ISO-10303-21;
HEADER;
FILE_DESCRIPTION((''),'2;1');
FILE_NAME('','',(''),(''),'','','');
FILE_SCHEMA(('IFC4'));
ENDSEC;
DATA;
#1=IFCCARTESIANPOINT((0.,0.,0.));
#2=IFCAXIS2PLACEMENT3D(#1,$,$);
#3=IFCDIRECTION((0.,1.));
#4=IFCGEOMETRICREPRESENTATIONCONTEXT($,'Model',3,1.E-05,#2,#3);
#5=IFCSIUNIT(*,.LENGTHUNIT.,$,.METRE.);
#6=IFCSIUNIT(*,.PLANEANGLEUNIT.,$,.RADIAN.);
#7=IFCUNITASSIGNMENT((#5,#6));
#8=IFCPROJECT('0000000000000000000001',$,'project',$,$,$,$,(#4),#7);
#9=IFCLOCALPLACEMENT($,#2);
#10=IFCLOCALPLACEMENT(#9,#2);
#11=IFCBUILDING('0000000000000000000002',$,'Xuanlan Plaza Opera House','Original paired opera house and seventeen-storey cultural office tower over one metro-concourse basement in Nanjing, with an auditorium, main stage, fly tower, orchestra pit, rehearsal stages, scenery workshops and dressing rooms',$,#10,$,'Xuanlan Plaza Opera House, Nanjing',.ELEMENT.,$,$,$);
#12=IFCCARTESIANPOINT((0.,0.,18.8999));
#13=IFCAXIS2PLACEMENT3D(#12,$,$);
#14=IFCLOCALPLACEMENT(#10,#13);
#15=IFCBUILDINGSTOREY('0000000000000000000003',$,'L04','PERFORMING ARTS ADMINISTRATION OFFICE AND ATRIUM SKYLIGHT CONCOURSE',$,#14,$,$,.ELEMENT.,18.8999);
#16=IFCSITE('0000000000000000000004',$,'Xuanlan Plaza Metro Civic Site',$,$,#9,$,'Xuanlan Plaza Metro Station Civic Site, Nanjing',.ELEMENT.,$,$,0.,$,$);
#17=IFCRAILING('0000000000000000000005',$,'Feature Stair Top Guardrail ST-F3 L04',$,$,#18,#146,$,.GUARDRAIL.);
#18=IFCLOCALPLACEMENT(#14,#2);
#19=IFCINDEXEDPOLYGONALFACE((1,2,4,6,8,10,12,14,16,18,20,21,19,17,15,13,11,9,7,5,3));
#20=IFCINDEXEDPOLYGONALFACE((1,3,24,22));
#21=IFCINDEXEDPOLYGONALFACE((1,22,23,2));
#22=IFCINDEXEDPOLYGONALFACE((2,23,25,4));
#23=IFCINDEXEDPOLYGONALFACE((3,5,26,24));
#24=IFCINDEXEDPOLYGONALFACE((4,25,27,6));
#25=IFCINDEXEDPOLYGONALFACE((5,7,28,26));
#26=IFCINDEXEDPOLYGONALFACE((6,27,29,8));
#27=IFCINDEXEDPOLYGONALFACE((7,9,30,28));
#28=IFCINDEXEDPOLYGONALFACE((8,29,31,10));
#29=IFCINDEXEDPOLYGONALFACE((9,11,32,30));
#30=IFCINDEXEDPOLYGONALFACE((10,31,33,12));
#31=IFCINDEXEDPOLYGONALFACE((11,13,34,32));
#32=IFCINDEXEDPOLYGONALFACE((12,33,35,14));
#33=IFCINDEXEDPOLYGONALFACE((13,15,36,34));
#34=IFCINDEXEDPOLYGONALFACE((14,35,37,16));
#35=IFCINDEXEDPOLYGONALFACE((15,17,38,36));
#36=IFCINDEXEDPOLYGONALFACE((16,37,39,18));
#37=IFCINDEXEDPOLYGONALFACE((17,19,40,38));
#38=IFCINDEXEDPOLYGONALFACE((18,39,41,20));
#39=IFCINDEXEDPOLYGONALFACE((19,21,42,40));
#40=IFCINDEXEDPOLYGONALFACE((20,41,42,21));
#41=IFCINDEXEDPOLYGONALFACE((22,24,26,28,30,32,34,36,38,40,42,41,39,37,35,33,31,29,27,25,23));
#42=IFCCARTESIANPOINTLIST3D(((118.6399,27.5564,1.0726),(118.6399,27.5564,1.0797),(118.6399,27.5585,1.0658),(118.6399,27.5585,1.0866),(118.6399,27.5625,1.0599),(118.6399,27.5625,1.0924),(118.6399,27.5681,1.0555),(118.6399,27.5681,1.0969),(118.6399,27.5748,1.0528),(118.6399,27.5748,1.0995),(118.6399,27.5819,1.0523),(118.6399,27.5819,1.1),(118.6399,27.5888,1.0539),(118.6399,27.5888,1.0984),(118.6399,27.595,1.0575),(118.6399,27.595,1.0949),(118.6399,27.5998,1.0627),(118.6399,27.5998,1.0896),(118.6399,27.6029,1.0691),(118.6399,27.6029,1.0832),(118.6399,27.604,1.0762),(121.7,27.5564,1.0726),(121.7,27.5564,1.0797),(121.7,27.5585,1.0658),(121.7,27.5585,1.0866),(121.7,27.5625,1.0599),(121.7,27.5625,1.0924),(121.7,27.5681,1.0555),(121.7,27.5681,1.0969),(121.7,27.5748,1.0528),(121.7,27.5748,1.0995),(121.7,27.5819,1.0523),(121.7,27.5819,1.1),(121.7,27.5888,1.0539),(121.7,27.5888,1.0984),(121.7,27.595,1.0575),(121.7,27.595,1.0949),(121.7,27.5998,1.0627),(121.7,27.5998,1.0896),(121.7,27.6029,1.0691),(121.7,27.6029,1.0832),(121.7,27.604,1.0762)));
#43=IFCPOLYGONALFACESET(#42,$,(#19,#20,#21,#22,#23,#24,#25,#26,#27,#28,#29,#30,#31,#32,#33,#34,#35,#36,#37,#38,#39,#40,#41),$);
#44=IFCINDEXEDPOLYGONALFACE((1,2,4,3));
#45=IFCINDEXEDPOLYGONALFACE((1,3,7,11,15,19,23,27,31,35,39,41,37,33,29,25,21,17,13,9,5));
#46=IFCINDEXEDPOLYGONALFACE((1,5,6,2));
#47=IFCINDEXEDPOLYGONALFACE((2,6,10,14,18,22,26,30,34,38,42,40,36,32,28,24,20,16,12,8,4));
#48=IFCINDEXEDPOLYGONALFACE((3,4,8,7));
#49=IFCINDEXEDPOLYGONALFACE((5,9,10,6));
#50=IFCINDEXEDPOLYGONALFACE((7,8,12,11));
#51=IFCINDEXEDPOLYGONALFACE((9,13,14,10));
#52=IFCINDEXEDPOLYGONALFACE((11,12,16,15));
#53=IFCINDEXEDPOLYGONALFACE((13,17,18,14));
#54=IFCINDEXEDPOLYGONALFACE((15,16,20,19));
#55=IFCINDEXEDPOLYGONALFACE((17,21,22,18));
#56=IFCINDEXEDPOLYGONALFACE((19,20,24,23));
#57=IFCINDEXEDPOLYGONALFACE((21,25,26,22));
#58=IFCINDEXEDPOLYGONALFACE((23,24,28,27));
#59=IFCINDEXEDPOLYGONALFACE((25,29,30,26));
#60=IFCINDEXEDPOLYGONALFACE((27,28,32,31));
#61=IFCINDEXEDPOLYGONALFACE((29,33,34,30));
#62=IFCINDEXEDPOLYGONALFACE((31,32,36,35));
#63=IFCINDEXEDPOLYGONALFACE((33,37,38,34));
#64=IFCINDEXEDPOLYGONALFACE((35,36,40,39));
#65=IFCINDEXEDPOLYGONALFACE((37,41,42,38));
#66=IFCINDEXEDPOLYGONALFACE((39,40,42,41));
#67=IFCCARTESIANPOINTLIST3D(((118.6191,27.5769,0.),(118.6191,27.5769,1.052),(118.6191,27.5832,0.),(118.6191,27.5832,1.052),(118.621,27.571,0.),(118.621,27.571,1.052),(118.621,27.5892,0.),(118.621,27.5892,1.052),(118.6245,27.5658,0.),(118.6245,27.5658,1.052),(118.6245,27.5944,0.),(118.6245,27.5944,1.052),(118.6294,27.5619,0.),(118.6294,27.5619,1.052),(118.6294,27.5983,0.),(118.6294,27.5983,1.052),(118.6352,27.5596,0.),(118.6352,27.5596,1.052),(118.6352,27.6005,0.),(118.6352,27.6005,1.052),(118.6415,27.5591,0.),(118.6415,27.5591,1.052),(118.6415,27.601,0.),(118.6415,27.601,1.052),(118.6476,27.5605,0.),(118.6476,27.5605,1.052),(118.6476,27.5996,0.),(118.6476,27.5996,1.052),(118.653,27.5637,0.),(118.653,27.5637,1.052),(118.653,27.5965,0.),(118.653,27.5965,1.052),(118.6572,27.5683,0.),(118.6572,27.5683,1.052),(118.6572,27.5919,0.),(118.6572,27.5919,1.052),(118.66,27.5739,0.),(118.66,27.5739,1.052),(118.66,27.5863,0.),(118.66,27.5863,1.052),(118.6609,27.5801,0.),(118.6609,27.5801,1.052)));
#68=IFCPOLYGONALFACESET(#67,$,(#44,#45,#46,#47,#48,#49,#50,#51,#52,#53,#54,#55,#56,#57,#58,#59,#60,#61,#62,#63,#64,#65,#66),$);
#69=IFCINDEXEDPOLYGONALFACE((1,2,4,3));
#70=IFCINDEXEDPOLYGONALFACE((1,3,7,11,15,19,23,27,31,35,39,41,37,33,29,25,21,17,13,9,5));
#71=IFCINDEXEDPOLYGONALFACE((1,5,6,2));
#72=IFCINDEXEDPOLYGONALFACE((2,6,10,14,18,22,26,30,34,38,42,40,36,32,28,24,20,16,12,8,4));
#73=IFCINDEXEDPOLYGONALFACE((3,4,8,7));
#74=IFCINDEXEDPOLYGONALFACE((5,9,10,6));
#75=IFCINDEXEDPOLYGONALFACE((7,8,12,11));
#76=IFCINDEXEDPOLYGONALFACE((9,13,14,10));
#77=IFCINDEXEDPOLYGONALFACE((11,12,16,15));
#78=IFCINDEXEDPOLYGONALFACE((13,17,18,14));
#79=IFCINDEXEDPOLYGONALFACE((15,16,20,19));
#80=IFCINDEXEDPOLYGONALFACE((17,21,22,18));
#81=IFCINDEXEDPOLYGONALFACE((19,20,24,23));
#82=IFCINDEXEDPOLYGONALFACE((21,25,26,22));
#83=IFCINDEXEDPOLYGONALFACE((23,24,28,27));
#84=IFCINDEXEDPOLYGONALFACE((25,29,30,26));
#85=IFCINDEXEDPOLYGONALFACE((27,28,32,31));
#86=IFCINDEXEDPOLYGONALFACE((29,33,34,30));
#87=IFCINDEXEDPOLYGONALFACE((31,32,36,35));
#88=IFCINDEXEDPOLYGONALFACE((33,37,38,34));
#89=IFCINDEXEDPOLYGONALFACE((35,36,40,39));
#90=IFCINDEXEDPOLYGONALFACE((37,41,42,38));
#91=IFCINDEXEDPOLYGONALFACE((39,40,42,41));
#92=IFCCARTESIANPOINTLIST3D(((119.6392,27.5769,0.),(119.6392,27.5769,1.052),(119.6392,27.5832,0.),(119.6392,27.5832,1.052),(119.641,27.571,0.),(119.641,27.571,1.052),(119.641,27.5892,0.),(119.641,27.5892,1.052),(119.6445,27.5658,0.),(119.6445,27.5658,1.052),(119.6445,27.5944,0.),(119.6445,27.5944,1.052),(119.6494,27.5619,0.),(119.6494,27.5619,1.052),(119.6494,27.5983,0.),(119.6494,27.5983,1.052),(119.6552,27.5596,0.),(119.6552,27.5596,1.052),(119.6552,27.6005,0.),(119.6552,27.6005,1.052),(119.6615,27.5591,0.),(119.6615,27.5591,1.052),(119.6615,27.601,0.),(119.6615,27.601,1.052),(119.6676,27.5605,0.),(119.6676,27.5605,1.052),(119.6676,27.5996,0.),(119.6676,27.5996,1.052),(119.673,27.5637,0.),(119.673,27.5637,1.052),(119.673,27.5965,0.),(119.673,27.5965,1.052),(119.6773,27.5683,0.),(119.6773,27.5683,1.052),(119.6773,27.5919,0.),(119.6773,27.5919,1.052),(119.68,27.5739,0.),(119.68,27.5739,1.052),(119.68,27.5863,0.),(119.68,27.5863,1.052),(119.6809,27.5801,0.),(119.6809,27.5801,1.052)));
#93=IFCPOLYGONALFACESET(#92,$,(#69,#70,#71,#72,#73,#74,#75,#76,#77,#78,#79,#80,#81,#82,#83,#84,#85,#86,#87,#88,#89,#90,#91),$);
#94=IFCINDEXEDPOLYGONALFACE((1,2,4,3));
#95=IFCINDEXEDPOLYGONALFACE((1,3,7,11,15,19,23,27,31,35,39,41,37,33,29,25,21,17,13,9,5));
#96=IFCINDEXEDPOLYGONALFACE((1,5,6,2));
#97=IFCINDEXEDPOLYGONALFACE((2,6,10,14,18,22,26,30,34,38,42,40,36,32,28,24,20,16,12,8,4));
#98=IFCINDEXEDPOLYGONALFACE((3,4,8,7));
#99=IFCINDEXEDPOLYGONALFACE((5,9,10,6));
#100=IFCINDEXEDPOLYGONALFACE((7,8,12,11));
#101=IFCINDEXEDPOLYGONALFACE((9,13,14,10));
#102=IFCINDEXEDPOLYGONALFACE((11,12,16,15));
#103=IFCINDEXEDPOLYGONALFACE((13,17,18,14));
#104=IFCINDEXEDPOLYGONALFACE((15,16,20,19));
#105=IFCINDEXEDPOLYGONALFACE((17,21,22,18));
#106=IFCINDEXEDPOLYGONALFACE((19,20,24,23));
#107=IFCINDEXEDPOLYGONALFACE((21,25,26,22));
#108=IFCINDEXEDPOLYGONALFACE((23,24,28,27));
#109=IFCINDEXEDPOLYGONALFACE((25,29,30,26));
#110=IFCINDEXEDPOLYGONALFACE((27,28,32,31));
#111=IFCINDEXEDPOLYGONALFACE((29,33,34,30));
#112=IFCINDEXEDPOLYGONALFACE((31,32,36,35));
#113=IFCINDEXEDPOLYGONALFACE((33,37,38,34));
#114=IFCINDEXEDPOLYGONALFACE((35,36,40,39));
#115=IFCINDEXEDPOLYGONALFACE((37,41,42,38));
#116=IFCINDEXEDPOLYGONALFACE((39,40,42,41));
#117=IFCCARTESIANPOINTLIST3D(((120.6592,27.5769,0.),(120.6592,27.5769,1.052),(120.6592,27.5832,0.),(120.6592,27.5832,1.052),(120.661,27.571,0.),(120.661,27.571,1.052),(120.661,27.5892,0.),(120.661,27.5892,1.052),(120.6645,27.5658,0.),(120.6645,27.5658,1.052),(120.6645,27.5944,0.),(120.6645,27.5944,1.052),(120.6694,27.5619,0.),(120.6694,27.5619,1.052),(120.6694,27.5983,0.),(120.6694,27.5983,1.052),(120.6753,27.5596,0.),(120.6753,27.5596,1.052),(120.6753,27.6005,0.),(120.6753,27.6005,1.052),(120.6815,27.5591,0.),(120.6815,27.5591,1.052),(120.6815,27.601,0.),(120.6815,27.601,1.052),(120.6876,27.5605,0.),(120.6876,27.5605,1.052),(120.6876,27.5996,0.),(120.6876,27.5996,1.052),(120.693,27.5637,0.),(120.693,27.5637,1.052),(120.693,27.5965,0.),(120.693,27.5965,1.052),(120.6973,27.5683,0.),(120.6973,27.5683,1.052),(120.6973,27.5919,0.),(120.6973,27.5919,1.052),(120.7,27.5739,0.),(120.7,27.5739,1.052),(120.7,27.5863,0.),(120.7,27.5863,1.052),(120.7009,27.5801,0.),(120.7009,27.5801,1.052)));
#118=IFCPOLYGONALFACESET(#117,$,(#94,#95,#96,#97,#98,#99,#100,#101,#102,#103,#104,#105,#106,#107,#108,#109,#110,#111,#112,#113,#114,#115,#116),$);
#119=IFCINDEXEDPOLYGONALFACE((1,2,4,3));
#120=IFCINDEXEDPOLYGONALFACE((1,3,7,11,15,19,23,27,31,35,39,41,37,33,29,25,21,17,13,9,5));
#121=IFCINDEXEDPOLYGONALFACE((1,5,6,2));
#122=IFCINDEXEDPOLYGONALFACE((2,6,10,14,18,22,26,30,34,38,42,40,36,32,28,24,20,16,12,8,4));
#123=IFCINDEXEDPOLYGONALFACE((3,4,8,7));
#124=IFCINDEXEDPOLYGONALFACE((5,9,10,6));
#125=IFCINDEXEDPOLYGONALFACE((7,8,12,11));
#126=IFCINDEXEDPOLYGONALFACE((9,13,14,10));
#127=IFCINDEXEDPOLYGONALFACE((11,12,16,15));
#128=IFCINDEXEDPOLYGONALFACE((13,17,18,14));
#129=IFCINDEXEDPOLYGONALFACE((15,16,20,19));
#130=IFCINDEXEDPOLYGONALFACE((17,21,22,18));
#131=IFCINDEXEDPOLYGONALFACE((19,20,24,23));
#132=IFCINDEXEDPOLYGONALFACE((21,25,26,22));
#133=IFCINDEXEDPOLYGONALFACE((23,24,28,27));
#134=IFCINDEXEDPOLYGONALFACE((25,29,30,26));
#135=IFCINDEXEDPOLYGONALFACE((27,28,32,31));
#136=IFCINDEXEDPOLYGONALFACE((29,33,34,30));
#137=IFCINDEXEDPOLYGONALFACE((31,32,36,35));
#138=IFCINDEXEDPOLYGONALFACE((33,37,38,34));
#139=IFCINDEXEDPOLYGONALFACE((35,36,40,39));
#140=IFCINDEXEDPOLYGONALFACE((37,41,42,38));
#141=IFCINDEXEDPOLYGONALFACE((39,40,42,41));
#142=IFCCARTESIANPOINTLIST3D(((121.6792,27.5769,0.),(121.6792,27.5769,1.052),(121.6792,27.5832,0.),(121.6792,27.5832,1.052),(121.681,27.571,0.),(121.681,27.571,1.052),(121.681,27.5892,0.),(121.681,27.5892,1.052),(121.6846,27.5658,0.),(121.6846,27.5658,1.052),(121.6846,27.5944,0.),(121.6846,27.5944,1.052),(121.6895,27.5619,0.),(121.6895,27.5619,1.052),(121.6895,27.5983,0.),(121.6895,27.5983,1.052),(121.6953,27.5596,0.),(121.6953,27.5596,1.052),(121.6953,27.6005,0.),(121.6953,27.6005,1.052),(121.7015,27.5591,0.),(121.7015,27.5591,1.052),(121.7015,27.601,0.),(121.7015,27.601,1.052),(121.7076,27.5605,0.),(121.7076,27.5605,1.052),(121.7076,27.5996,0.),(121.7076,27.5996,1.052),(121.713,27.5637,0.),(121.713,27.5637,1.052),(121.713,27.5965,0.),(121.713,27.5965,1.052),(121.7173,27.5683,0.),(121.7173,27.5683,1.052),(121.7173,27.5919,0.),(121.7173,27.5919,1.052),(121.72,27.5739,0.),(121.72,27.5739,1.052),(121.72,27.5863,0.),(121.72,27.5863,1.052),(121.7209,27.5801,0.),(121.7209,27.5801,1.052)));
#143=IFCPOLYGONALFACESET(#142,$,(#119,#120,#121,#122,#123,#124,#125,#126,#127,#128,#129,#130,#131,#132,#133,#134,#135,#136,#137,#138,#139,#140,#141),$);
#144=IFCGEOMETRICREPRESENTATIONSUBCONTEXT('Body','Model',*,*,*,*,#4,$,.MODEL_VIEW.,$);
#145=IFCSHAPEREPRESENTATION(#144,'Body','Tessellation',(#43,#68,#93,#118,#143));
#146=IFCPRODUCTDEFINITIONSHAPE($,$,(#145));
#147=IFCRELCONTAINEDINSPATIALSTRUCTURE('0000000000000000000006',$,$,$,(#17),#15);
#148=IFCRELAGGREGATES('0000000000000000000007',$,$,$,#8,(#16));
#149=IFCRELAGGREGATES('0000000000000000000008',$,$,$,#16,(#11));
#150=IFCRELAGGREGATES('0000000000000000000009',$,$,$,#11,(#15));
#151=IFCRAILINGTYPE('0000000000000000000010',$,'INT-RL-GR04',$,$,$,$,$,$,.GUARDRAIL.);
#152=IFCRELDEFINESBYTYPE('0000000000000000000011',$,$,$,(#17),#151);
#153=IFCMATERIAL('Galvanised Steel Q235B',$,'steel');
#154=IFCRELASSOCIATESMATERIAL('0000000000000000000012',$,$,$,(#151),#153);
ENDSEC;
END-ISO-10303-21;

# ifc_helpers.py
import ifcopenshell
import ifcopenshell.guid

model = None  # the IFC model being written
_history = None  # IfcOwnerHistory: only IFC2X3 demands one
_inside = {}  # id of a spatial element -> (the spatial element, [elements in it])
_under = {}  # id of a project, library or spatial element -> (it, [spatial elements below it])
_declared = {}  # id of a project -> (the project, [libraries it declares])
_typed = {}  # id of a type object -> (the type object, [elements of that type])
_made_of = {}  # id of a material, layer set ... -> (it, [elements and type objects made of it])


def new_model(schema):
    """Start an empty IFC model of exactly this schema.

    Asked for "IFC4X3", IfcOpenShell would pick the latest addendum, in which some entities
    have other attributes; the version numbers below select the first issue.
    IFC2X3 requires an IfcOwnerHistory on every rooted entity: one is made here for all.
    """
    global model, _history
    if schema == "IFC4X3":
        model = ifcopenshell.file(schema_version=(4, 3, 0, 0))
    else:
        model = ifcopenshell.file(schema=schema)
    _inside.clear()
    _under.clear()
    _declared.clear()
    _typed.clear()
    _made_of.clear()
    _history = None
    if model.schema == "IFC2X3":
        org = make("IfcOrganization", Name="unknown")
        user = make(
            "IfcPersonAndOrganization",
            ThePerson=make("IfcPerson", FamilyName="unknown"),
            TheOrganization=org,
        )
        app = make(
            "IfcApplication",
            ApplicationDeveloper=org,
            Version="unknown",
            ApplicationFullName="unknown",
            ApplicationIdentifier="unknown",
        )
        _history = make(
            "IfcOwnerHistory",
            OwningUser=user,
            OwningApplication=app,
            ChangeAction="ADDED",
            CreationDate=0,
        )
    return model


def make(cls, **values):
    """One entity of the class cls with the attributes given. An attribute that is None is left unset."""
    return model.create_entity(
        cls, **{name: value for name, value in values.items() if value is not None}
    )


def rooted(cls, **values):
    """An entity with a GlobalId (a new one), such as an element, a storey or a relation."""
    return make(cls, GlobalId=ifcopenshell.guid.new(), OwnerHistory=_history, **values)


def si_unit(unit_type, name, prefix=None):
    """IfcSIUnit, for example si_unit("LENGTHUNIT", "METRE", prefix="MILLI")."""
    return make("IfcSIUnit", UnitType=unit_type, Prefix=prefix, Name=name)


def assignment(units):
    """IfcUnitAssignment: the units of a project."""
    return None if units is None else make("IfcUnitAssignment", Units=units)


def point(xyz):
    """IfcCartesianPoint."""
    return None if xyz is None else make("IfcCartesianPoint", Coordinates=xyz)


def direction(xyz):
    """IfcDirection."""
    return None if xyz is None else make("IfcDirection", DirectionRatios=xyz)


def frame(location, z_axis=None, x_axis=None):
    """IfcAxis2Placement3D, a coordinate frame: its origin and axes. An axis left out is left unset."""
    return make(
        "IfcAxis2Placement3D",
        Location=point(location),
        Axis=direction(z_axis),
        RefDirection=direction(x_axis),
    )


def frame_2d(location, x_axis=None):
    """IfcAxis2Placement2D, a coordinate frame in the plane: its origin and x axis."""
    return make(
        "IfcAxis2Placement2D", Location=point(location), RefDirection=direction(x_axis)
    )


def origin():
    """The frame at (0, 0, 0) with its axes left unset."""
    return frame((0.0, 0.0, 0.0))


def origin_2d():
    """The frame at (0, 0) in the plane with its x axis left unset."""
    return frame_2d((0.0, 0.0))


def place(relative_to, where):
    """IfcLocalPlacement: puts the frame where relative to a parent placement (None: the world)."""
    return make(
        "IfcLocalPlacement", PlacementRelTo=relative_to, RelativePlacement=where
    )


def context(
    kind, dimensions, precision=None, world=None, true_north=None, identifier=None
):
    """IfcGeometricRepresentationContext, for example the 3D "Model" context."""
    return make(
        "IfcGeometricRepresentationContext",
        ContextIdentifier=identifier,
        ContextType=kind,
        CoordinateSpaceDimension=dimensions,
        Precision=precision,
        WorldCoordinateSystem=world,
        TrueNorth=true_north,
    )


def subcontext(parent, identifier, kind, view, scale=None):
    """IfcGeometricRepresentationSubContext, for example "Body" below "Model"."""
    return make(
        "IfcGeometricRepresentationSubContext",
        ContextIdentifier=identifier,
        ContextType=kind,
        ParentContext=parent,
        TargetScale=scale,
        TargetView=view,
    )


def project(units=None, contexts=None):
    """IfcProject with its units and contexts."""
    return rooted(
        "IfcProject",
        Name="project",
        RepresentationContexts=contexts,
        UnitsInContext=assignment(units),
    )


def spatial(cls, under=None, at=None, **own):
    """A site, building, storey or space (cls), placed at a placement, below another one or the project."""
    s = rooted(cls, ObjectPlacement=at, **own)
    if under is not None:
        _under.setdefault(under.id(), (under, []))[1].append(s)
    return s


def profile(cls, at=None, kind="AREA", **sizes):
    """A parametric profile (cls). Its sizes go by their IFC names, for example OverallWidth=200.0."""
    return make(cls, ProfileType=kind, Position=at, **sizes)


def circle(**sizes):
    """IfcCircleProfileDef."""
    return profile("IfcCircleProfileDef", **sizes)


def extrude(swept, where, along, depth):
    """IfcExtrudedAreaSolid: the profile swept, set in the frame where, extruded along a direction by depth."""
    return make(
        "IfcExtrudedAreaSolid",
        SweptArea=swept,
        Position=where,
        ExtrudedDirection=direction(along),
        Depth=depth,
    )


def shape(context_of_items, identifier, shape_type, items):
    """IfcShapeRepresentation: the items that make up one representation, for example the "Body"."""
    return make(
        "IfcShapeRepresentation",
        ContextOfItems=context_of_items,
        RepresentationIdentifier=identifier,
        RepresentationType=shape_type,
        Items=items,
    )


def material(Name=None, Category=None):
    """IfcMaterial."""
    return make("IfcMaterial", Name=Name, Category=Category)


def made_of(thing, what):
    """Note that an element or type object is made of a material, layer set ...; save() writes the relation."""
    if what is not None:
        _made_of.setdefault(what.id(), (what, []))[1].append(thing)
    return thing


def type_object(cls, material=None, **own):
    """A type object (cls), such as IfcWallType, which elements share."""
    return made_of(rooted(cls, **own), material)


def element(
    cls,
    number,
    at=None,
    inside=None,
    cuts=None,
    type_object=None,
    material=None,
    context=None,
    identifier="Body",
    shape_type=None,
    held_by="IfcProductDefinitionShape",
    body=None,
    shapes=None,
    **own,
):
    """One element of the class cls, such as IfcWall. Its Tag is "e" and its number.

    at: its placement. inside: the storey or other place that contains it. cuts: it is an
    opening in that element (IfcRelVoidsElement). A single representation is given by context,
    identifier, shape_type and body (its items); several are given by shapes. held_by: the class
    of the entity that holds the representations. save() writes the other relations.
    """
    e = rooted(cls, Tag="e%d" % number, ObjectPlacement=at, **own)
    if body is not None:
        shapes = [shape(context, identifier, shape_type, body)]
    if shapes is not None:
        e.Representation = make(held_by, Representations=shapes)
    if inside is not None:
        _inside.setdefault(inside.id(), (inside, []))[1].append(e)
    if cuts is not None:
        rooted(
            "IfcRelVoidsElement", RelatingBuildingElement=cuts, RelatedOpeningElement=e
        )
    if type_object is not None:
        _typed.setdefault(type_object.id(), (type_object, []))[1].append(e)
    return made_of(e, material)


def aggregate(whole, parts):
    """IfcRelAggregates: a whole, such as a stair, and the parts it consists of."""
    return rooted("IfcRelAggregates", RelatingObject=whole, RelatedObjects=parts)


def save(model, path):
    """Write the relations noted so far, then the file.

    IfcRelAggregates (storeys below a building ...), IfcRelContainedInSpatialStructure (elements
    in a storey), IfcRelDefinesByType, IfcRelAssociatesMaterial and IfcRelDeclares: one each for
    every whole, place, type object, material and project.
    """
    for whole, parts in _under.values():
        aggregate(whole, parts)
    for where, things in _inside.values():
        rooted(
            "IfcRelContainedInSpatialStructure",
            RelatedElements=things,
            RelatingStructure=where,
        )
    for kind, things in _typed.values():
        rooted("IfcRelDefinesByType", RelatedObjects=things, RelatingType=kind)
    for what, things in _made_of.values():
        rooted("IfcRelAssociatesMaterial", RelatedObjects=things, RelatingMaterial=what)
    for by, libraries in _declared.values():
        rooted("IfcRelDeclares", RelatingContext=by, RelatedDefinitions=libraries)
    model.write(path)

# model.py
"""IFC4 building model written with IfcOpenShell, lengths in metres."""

from ifc_helpers import new_model, si_unit, direction, frame, origin, origin_2d, place, context, subcontext, project, spatial, circle, extrude, material, type_object, element, save


model = new_model("IFC4")

# Units and contexts
model_context = context("Model", 3, precision=1e-05, world=origin(), true_north=direction((0.0, 1.0)))
body_context = subcontext(model_context, "Body", "Model", "MODEL_VIEW")
ifc_project = project(units=[si_unit("LENGTHUNIT", "METRE"), si_unit("PLANEANGLEUNIT", "RADIAN")], contexts=[model_context])

# Site, building, storey
site_placement = place(None, origin())
site = spatial("IfcSite", under=ifc_project, at=site_placement, Name="Xuanlan Plaza Metro Civic Site", LongName="Xuanlan Plaza Metro Station Civic Site, Nanjing", CompositionType="ELEMENT", RefElevation=0.0)
building_placement = place(site_placement, origin())
building = spatial("IfcBuilding", under=site, at=building_placement, Name="Xuanlan Plaza Opera House", Description="Original paired opera house and seventeen-storey cultural office tower over one metro-concourse basement in Nanjing, with an auditorium, main stage, fly tower, orchestra pit, rehearsal stages, scenery workshops and dressing rooms", LongName="Xuanlan Plaza Opera House, Nanjing", CompositionType="ELEMENT")
storey_placement = place(building_placement, frame((0.0, 0.0, 18.8999)))
storey = spatial("IfcBuildingStorey", under=building, at=storey_placement, Name="L04", Description="PERFORMING ARTS ADMINISTRATION OFFICE AND ATRIUM SKYLIGHT CONCOURSE", CompositionType="ELEMENT", Elevation=18.8999)

# Shared definitions
ifc_material_1 = material(Name="Galvanised Steel Q235B", Category="steel")

# Railing
railing_type = type_object("IfcRailingType", Name="INT-RL-GR04", PredefinedType="GUARDRAIL", material=ifc_material_1)
railing_placement = place(storey_placement, frame((118.6399, 27.5801, 0.0)))
element("IfcRailing", 1, at=railing_placement, inside=storey, type_object=railing_type, Name="Feature Stair Top Guardrail ST-F3 L04", PredefinedType="GUARDRAIL", context=body_context, shape_type="SweptSolid", body=[
    extrude(circle(Radius=0.0239, at=origin_2d()), frame((0.0, 0.0, 1.0762), z_axis=(1.0, 0.0, 0.0), x_axis=(0.0, 1.0, 0.0)), (0.0, 0.0, 1.0), 3.0601),
    extrude(circle(Radius=0.021, at=origin_2d()), origin(), (0.0, 0.0, 1.0), 1.052),
    extrude(circle(Radius=0.021, at=origin_2d()), frame((1.02, 0.0, 0.0)), (0.0, 0.0, 1.0), 1.052),
    extrude(circle(Radius=0.021, at=origin_2d()), frame((2.04, 0.0, 0.0)), (0.0, 0.0, 1.0), 1.052),
    extrude(circle(Radius=0.021, at=origin_2d()), frame((3.0601, 0.0, 0.0)), (0.0, 0.0, 1.0), 1.052),
])

save(model, "model.ifc")
